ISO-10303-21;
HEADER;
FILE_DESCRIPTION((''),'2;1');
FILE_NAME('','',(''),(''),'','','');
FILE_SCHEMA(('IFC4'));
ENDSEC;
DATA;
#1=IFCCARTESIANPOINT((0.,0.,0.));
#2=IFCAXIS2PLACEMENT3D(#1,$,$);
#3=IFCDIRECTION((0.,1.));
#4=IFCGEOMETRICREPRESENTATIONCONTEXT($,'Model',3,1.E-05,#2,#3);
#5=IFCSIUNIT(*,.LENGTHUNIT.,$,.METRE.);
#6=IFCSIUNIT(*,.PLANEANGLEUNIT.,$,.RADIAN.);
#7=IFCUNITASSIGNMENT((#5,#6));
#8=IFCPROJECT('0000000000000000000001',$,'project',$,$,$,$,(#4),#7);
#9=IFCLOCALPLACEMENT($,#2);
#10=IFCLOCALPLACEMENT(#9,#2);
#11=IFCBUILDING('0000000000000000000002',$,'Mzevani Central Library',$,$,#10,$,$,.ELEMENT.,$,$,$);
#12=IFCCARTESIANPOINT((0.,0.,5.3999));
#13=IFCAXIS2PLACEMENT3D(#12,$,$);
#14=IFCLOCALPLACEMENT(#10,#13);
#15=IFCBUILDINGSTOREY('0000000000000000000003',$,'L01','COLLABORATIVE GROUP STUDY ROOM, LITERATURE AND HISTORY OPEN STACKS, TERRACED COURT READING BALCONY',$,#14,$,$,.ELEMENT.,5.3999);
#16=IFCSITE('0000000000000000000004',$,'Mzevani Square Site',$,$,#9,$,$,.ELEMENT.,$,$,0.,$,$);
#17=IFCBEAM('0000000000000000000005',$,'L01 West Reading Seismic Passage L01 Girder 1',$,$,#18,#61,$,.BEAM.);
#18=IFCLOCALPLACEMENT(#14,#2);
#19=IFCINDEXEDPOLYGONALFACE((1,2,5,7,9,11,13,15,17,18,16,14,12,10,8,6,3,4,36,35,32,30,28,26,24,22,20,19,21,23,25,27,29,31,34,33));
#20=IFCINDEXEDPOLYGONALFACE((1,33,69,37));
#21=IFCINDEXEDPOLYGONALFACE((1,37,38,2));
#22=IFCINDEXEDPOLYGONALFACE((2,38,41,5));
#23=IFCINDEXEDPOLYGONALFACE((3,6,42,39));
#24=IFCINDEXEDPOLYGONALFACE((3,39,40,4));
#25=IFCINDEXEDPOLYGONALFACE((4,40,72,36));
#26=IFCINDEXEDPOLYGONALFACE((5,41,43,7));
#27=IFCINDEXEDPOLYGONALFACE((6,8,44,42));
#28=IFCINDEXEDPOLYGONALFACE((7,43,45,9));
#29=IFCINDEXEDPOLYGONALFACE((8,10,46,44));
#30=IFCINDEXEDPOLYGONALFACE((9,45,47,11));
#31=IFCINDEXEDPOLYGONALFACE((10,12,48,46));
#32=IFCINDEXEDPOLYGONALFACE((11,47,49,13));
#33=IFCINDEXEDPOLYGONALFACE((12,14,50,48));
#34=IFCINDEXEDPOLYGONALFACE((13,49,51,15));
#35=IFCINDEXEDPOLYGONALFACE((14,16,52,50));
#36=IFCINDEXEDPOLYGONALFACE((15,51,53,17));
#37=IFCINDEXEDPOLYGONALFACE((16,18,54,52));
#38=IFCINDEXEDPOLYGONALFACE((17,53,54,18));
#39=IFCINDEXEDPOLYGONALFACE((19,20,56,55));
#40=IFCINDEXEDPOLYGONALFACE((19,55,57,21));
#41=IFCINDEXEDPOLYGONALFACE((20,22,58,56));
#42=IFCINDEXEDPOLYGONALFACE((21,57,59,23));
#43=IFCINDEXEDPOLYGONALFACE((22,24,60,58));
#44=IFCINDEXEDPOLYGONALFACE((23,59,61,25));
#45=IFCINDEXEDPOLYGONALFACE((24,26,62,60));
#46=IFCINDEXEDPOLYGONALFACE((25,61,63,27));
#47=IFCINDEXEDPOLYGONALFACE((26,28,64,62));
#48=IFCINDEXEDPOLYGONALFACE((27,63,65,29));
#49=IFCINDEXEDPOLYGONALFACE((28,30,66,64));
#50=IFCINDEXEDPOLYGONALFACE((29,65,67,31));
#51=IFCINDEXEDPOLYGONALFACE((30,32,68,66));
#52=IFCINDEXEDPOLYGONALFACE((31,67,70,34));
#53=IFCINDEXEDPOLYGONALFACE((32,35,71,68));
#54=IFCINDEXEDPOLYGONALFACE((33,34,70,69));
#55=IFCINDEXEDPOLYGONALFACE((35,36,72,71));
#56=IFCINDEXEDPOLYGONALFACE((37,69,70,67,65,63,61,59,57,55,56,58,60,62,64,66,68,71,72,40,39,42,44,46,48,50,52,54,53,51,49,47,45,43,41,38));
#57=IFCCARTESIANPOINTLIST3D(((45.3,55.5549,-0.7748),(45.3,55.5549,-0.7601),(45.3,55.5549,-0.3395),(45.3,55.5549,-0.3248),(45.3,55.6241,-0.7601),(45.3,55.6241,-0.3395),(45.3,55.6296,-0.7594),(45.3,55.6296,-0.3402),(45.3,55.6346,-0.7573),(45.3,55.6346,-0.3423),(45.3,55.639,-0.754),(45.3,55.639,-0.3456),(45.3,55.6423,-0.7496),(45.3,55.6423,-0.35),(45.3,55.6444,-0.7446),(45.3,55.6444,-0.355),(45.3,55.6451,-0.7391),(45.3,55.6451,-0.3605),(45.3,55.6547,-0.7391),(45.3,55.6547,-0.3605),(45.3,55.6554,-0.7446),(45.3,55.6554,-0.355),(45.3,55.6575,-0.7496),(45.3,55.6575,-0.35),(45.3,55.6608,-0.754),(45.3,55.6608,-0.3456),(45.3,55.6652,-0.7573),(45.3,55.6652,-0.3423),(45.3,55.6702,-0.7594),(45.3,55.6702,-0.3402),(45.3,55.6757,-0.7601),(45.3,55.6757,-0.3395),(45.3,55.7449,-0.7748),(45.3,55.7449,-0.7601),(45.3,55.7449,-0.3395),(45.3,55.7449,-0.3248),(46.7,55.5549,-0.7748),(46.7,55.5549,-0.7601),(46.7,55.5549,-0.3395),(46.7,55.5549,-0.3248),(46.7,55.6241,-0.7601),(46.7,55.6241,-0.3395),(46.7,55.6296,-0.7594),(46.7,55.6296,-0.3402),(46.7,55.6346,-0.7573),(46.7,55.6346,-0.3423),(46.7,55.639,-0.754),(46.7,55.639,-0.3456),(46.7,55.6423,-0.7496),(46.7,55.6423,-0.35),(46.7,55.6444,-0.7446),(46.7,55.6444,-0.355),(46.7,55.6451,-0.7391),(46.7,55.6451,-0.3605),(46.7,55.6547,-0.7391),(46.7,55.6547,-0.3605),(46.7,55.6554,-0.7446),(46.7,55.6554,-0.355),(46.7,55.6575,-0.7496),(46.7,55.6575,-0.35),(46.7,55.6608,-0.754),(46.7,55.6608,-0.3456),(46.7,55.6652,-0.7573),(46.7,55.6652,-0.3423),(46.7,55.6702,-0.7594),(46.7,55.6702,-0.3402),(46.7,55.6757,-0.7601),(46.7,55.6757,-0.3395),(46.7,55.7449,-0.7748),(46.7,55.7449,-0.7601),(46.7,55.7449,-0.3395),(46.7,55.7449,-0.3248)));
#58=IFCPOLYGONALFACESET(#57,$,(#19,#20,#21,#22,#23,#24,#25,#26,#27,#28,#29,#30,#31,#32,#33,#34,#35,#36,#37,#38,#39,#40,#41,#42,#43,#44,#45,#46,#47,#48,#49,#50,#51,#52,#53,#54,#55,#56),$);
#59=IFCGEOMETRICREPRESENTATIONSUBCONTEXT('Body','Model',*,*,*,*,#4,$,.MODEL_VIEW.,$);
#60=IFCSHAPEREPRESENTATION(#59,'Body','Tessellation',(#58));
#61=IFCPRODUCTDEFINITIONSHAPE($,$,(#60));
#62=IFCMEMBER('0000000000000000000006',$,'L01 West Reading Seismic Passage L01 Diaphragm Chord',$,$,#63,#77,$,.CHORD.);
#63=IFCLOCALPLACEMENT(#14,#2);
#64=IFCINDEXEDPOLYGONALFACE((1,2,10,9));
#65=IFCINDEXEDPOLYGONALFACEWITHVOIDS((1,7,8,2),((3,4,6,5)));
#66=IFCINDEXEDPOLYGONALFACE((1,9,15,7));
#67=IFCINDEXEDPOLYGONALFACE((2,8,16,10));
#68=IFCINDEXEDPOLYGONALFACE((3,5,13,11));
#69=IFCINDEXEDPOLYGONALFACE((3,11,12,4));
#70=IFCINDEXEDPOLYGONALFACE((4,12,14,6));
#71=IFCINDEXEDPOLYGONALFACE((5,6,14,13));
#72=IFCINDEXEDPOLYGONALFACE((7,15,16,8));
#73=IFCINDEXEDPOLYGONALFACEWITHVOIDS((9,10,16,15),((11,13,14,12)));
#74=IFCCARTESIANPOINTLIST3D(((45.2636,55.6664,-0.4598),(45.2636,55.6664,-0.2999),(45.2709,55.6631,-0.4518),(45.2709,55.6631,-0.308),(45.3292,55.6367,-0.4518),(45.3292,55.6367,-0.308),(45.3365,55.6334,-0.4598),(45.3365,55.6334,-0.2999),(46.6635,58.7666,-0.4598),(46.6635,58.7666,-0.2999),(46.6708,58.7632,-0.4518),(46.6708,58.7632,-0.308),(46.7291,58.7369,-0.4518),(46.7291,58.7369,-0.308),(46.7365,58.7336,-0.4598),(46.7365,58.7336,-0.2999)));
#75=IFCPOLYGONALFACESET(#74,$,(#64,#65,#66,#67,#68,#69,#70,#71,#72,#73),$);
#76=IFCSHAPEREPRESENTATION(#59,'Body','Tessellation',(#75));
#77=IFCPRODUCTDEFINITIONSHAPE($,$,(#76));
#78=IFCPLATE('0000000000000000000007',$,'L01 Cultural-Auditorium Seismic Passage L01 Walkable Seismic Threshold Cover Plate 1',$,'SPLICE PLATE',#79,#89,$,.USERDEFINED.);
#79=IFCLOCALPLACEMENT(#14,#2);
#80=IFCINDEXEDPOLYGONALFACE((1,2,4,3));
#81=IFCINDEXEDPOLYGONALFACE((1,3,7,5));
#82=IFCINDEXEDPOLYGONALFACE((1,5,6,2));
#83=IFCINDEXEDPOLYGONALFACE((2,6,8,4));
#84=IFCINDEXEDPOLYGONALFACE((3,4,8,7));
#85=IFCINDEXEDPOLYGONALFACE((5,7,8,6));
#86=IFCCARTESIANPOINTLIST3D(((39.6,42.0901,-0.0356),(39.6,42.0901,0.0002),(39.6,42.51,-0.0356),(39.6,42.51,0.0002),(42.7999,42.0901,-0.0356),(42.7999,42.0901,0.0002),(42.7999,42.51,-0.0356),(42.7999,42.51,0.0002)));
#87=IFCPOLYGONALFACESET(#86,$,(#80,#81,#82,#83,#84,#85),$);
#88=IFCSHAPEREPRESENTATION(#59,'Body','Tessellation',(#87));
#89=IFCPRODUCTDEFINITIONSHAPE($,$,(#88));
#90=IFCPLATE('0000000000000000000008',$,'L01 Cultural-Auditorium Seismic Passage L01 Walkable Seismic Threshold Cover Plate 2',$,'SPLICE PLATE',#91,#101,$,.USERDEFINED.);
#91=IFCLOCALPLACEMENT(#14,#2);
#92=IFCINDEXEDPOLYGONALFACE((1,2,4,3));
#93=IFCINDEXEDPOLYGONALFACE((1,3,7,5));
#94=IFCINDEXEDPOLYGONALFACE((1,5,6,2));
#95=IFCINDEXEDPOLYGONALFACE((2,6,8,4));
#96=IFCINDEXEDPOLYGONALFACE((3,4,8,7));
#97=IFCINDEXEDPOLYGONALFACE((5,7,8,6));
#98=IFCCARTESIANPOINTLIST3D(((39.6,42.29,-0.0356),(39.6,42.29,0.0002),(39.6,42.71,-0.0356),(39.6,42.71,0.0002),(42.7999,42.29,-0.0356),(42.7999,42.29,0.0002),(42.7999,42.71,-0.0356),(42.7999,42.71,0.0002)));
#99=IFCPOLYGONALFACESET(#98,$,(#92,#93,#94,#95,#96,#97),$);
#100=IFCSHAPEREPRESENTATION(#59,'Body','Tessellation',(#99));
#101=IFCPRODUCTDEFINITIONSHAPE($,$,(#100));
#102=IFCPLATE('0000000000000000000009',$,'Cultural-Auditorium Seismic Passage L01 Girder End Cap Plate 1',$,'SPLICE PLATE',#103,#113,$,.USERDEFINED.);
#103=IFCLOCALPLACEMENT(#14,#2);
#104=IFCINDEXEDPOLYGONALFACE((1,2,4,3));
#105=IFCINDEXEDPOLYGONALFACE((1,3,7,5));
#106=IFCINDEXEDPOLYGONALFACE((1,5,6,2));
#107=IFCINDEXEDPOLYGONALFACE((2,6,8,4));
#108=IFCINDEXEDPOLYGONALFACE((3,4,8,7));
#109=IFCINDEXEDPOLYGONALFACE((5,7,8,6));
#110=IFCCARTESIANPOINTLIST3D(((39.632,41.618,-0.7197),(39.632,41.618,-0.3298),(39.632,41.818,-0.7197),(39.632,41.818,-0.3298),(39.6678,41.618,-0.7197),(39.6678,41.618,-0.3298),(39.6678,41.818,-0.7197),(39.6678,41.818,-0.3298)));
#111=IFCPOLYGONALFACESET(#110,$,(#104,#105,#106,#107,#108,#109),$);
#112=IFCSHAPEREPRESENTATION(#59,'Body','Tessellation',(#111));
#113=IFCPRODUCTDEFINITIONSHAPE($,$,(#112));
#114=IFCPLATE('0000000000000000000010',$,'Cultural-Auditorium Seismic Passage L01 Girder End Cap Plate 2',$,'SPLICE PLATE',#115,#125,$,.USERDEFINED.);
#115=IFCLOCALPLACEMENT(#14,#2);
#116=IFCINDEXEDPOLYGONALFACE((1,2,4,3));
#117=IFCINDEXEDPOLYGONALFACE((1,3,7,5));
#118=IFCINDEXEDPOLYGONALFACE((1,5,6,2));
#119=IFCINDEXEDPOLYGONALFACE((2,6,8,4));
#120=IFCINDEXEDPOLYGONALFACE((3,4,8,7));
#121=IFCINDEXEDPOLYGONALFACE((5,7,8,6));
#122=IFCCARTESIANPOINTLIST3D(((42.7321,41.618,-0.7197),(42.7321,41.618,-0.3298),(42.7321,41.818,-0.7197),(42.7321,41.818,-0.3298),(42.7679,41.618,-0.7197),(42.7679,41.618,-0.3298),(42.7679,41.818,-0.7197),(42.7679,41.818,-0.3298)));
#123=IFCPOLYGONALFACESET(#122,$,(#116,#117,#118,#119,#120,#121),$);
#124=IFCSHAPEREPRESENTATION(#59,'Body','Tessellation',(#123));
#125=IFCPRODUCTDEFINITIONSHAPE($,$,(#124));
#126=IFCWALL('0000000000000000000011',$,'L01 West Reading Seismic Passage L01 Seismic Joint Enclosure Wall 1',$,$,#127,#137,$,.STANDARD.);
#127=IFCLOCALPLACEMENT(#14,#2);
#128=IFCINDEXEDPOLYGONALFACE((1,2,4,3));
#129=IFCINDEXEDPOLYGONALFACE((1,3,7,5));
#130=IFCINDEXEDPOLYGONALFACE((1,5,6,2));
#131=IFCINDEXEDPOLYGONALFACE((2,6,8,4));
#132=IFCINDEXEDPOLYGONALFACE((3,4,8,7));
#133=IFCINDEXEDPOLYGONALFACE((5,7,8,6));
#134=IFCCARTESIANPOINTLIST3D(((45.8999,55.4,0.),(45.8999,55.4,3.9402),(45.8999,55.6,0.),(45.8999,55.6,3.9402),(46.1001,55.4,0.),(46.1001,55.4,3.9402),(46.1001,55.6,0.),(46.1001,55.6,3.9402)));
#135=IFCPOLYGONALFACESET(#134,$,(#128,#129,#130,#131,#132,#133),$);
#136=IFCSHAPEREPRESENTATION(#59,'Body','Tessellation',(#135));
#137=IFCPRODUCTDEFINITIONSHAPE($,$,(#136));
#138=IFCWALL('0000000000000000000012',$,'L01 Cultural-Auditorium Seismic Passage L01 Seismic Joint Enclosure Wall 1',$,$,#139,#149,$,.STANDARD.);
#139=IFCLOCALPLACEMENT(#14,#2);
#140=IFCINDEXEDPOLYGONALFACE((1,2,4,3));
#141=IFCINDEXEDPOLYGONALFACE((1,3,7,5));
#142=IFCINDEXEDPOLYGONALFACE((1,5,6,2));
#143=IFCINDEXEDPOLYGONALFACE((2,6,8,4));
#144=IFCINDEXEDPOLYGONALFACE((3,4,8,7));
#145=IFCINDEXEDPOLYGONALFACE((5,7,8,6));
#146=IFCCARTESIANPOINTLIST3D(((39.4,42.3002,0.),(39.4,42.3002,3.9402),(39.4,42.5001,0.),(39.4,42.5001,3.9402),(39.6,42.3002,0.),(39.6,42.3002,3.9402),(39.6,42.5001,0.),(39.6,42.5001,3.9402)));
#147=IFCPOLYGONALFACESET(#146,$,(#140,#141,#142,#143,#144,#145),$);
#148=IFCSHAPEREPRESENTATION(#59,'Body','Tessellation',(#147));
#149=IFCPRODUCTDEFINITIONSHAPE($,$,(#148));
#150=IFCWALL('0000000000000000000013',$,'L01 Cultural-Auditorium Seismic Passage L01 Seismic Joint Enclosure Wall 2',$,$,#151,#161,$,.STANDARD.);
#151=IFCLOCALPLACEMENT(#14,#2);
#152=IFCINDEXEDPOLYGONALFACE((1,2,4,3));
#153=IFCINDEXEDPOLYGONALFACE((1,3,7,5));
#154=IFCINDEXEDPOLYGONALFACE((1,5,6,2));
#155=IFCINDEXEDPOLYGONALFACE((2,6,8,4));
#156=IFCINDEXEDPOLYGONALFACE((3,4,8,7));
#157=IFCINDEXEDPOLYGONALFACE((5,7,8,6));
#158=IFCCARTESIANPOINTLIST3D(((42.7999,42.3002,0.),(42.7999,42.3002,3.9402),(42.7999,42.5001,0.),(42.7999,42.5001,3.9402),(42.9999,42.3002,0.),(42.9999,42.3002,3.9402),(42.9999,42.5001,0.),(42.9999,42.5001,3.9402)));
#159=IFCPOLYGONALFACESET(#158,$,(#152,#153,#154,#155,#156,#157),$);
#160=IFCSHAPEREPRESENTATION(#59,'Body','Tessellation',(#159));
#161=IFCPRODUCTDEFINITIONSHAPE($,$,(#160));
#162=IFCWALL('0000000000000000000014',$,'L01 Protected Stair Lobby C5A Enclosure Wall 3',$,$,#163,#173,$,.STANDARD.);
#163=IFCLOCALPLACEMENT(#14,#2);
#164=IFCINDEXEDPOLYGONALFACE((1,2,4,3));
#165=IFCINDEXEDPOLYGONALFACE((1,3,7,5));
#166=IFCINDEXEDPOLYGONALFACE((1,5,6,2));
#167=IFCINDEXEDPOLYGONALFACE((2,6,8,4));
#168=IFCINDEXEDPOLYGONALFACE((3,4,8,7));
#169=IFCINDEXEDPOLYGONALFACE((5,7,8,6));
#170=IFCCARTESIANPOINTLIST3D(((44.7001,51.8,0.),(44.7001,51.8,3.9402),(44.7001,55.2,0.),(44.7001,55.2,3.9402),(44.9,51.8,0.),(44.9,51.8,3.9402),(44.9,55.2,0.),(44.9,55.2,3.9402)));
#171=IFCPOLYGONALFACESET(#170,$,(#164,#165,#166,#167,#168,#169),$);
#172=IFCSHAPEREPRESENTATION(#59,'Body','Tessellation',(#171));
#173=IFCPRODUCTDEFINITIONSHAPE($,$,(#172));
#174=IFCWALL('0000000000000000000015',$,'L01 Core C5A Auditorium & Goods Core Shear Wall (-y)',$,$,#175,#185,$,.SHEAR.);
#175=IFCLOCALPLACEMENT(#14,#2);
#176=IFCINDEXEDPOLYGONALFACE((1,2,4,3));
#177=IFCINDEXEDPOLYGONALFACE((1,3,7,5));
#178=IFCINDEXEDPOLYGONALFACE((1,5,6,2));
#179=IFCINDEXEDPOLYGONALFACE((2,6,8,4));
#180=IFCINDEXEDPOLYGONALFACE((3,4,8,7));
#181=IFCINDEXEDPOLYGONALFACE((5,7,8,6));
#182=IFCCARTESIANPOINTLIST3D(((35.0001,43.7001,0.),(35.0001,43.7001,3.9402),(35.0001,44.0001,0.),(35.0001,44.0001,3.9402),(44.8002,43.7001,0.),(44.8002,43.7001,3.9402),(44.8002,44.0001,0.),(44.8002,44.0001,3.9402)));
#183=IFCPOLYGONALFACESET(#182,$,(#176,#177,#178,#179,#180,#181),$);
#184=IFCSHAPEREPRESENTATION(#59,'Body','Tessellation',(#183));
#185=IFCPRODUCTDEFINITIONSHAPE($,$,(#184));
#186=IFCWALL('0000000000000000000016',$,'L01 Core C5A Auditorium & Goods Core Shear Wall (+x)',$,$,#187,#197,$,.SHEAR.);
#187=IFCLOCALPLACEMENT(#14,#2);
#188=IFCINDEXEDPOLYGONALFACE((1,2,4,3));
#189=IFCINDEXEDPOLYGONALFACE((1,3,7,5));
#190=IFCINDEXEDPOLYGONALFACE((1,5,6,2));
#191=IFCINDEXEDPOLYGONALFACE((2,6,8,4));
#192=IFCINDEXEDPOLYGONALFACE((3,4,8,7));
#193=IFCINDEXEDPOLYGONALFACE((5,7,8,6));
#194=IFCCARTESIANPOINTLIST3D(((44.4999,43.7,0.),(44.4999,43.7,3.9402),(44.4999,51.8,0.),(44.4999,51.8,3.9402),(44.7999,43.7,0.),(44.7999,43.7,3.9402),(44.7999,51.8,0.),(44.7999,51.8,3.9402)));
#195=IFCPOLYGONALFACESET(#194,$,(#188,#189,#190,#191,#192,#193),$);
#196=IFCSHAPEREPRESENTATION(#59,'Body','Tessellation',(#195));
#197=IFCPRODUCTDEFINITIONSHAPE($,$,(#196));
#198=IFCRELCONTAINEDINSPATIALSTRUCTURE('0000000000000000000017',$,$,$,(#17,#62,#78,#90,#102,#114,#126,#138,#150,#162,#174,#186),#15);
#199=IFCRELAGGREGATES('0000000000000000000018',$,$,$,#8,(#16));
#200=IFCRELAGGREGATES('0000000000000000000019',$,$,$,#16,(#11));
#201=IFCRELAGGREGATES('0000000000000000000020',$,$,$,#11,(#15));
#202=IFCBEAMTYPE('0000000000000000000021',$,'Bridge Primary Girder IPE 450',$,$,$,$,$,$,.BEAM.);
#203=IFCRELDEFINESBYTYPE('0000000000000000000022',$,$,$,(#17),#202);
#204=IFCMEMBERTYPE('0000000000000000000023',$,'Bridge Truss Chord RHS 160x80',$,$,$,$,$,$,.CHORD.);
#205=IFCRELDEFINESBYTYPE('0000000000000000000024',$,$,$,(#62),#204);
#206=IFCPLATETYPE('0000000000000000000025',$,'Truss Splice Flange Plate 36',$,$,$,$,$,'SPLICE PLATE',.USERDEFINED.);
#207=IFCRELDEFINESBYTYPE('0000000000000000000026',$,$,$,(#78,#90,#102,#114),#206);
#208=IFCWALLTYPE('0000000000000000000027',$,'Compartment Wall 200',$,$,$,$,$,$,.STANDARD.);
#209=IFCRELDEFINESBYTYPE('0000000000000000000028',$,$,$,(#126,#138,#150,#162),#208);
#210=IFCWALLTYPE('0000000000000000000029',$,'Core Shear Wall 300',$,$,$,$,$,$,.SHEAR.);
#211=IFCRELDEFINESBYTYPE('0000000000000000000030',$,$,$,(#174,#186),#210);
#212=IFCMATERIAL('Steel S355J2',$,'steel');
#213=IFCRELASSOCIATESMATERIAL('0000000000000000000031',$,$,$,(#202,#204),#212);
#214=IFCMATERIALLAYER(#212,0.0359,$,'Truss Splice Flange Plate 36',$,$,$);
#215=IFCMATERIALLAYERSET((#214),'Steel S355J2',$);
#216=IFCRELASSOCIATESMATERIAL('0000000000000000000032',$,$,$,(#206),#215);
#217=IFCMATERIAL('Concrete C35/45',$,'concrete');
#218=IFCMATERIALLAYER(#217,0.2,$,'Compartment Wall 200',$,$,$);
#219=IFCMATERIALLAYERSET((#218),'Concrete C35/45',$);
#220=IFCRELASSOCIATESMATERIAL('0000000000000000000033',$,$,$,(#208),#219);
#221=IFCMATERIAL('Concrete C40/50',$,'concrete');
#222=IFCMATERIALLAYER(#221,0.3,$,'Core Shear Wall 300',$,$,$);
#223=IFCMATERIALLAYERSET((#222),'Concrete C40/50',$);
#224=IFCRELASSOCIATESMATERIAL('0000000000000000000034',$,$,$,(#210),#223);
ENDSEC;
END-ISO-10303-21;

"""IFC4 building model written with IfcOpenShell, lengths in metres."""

from ifc_helpers import new_model, si_unit, direction, frame, frame_2d, origin, origin_2d, place, context, subcontext, project, spatial, rectangle, hollow_rectangle, i_section, extrude, material, layer, layer_set, material_profile, profile_set, type_object, element, save


model = new_model("IFC4")

# Units and contexts
model_context = context("Model", 3, precision=1e-05, world=origin(), true_north=direction((0.0, 1.0)))
body_context = subcontext(model_context, "Body", "Model", "MODEL_VIEW")
ifc_project = project(units=[si_unit("LENGTHUNIT", "METRE"), si_unit("PLANEANGLEUNIT", "RADIAN")], contexts=[model_context])

# Site, building, storey
site_placement = place(None, origin())
site = spatial("IfcSite", under=ifc_project, at=site_placement, Name="Mzevani Square Site", CompositionType="ELEMENT", RefElevation=0.0)
building_placement = place(site_placement, origin())
building = spatial("IfcBuilding", under=site, at=building_placement, Name="Mzevani Central Library", CompositionType="ELEMENT")
storey_placement = place(building_placement, frame((0.0, 0.0, 5.3999)))
storey = spatial("IfcBuildingStorey", under=building, at=storey_placement, Name="L01", Description="COLLABORATIVE GROUP STUDY ROOM, LITERATURE AND HISTORY OPEN STACKS, TERRACED COURT READING BALCONY", CompositionType="ELEMENT", Elevation=5.3999)

# Shared definitions
ifc_material_1 = material(Name="Steel S355J2", Category="steel")

# Beam
ifc_material_profile_1 = material_profile(ifc_material_1, i_section(OverallWidth=0.1899, OverallDepth=0.45, WebThickness=0.0095, FlangeThickness=0.0146, FilletRadius=0.021, at=origin_2d()), Name="IPE 450")
ifc_profile_set_1 = profile_set([ifc_material_profile_1], Name="Steel S355J2")
beam_type_1 = type_object("IfcBeamType", Name="Bridge Primary Girder IPE 450", PredefinedType="BEAM", material=ifc_profile_set_1)
beam_placement = place(storey_placement, frame((45.3, 55.6499, -0.5498), z_axis=(1.0, 0.0, 0.0), x_axis=(0.0, 1.0, 0.0)))
element("IfcBeam", 1, at=beam_placement, inside=storey, type_object=beam_type_1, Name="L01 West Reading Seismic Passage L01 Girder 1", PredefinedType="BEAM", context=body_context, shape_type="SweptSolid", body=[
    extrude(i_section(OverallWidth=0.1899, OverallDepth=0.45, WebThickness=0.0095, FlangeThickness=0.0146, FilletRadius=0.021, at=origin_2d()), origin(), (0.0, 0.0, 1.0), 1.3999),
])

# Member
ifc_material_profile_2 = material_profile(ifc_material_1, hollow_rectangle(XDim=0.0801, YDim=0.1599, WallThickness=0.0081, at=origin_2d()), Name="RHS 160x80x8.0")
ifc_profile_set_2 = profile_set([ifc_material_profile_2], Name="Steel S355J2")
member_type = type_object("IfcMemberType", Name="Bridge Truss Chord RHS 160x80", PredefinedType="CHORD", material=ifc_profile_set_2)
member_placement = place(storey_placement, frame((45.3, 55.6499, -0.3799), z_axis=(0.411552, 0.911386, 0.0), x_axis=(-0.911386, 0.411552, 0.0)))
element("IfcMember", 2, at=member_placement, inside=storey, type_object=member_type, Name="L01 West Reading Seismic Passage L01 Diaphragm Chord", PredefinedType="CHORD", context=body_context, shape_type="SweptSolid", body=[
    extrude(hollow_rectangle(XDim=0.0801, YDim=0.1599, WallThickness=0.0081, at=origin_2d()), origin(), (0.0, 0.0, 1.0), 3.4016),
])

# Plates
ifc_layer_1 = layer(ifc_material_1, 0.0359, Name="Truss Splice Flange Plate 36")
ifc_layer_set_1 = layer_set([ifc_layer_1], Name="Steel S355J2")
plate_type = type_object("IfcPlateType", Name="Truss Splice Flange Plate 36", ElementType="SPLICE PLATE", PredefinedType="USERDEFINED", material=ifc_layer_set_1)
for number, where, z_axis, x_axis, name in (
    (3, (41.2, 42.3, -0.0356), (0.0, 0.0, 1.0), (1.0, 0.0, 0.0), "L01 Cultural-Auditorium Seismic Passage L01 Walkable Seismic Threshold Cover Plate 1"),
    (4, (41.2, 42.5, -0.0356), (0.0, 0.0, 1.0), (1.0, 0.0, 0.0), "L01 Cultural-Auditorium Seismic Passage L01 Walkable Seismic Threshold Cover Plate 2"),
):
    element("IfcPlate", number, at=place(storey_placement, frame(where, z_axis=z_axis, x_axis=x_axis)), inside=storey, type_object=plate_type, Name=name, ObjectType="SPLICE PLATE", PredefinedType="USERDEFINED", context=body_context, shape_type="SweptSolid", body=[
        extrude(rectangle(XDim=3.2, YDim=0.4199, at=origin_2d()), origin(), (0.0, 0.0, 1.0), 0.0359),
    ])
for number, where, z_axis, x_axis, name in (
    (5, (39.6499, 41.718, -0.7197), (0.0, 0.0, 1.0), (0.0, 1.0, 0.0), "Cultural-Auditorium Seismic Passage L01 Girder End Cap Plate 1"),
    (6, (42.75, 41.718, -0.7197), (0.0, 0.0, 1.0), (0.0, 1.0, 0.0), "Cultural-Auditorium Seismic Passage L01 Girder End Cap Plate 2"),
):
    element("IfcPlate", number, at=place(storey_placement, frame(where, z_axis=z_axis, x_axis=x_axis)), inside=storey, type_object=plate_type, Name=name, ObjectType="SPLICE PLATE", PredefinedType="USERDEFINED", context=body_context, shape_type="SweptSolid", body=[
        extrude(rectangle(XDim=0.2, YDim=0.0359, at=origin_2d()), origin(), (0.0, 0.0, 1.0), 0.3899),
    ])

# Walls
ifc_material_2 = material(Name="Concrete C35/45", Category="concrete")
ifc_layer_2 = layer(ifc_material_2, 0.2, Name="Compartment Wall 200")
ifc_layer_set_2 = layer_set([ifc_layer_2], Name="Concrete C35/45")
wall_type_1 = type_object("IfcWallType", Name="Compartment Wall 200", PredefinedType="STANDARD", material=ifc_layer_set_2)
wall_1_placement = place(storey_placement, frame((45.8999, 55.5, 0.0), z_axis=(0.0, 0.0, 1.0), x_axis=(1.0, 0.0, 0.0)))
element("IfcWall", 7, at=wall_1_placement, inside=storey, type_object=wall_type_1, Name="L01 West Reading Seismic Passage L01 Seismic Joint Enclosure Wall 1", PredefinedType="STANDARD", context=body_context, shape_type="SweptSolid", body=[
    extrude(rectangle(XDim=0.2002, YDim=0.2, at=frame_2d((0.1001, 0.0))), origin(), (0.0, 0.0, 1.0), 3.9402),
])
for number, where, z_axis, x_axis, name in (
    (8, (39.5, 42.3, 0.0), (0.0, 0.0, 1.0), (0.0, 1.0, 0.0), "L01 Cultural-Auditorium Seismic Passage L01 Seismic Joint Enclosure Wall 1"),
    (9, (42.8999, 42.3, 0.0), (0.0, 0.0, 1.0), (0.0, 1.0, 0.0), "L01 Cultural-Auditorium Seismic Passage L01 Seismic Joint Enclosure Wall 2"),
):
    element("IfcWall", number, at=place(storey_placement, frame(where, z_axis=z_axis, x_axis=x_axis)), inside=storey, type_object=wall_type_1, Name=name, PredefinedType="STANDARD", context=body_context, shape_type="SweptSolid", body=[
        extrude(rectangle(XDim=0.2, YDim=0.2, at=frame_2d((0.1001, 0.0))), origin(), (0.0, 0.0, 1.0), 3.9402),
    ])
wall_2_placement = place(storey_placement, frame((44.8, 55.2, 0.0), z_axis=(0.0, 0.0, 1.0), x_axis=(0.0, -1.0, 0.0)))
element("IfcWall", 10, at=wall_2_placement, inside=storey, type_object=wall_type_1, Name="L01 Protected Stair Lobby C5A Enclosure Wall 3", PredefinedType="STANDARD", context=body_context, shape_type="SweptSolid", body=[
    extrude(rectangle(XDim=3.3999, YDim=0.2, at=frame_2d((1.7, 0.0))), origin(), (0.0, 0.0, 1.0), 3.9402),
])
ifc_material_3 = material(Name="Concrete C40/50", Category="concrete")
ifc_layer_3 = layer(ifc_material_3, 0.3, Name="Core Shear Wall 300")
ifc_layer_set_3 = layer_set([ifc_layer_3], Name="Concrete C40/50")
wall_type_2 = type_object("IfcWallType", Name="Core Shear Wall 300", PredefinedType="SHEAR", material=ifc_layer_set_3)
wall_3_placement = place(storey_placement, frame((44.8, 43.8501, 0.0), z_axis=(0.0, 0.0, 1.0), x_axis=(-1.0, 0.0, 0.0)))
element("IfcWall", 11, at=wall_3_placement, inside=storey, type_object=wall_type_2, Name="L01 Core C5A Auditorium & Goods Core Shear Wall (-y)", PredefinedType="SHEAR", context=body_context, shape_type="SweptSolid", body=[
    extrude(rectangle(XDim=9.8, YDim=0.3, at=frame_2d((4.8999, 0.0))), origin(), (0.0, 0.0, 1.0), 3.9402),
])
wall_4_placement = place(storey_placement, frame((44.6499, 51.8, 0.0), z_axis=(0.0, 0.0, 1.0), x_axis=(0.0, -1.0, 0.0)))
element("IfcWall", 12, at=wall_4_placement, inside=storey, type_object=wall_type_2, Name="L01 Core C5A Auditorium & Goods Core Shear Wall (+x)", PredefinedType="SHEAR", context=body_context, shape_type="SweptSolid", body=[
    extrude(rectangle(XDim=8.1001, YDim=0.3, at=frame_2d((4.05, 0.0))), origin(), (0.0, 0.0, 1.0), 3.9402),
])

save(model, "model.ifc")
